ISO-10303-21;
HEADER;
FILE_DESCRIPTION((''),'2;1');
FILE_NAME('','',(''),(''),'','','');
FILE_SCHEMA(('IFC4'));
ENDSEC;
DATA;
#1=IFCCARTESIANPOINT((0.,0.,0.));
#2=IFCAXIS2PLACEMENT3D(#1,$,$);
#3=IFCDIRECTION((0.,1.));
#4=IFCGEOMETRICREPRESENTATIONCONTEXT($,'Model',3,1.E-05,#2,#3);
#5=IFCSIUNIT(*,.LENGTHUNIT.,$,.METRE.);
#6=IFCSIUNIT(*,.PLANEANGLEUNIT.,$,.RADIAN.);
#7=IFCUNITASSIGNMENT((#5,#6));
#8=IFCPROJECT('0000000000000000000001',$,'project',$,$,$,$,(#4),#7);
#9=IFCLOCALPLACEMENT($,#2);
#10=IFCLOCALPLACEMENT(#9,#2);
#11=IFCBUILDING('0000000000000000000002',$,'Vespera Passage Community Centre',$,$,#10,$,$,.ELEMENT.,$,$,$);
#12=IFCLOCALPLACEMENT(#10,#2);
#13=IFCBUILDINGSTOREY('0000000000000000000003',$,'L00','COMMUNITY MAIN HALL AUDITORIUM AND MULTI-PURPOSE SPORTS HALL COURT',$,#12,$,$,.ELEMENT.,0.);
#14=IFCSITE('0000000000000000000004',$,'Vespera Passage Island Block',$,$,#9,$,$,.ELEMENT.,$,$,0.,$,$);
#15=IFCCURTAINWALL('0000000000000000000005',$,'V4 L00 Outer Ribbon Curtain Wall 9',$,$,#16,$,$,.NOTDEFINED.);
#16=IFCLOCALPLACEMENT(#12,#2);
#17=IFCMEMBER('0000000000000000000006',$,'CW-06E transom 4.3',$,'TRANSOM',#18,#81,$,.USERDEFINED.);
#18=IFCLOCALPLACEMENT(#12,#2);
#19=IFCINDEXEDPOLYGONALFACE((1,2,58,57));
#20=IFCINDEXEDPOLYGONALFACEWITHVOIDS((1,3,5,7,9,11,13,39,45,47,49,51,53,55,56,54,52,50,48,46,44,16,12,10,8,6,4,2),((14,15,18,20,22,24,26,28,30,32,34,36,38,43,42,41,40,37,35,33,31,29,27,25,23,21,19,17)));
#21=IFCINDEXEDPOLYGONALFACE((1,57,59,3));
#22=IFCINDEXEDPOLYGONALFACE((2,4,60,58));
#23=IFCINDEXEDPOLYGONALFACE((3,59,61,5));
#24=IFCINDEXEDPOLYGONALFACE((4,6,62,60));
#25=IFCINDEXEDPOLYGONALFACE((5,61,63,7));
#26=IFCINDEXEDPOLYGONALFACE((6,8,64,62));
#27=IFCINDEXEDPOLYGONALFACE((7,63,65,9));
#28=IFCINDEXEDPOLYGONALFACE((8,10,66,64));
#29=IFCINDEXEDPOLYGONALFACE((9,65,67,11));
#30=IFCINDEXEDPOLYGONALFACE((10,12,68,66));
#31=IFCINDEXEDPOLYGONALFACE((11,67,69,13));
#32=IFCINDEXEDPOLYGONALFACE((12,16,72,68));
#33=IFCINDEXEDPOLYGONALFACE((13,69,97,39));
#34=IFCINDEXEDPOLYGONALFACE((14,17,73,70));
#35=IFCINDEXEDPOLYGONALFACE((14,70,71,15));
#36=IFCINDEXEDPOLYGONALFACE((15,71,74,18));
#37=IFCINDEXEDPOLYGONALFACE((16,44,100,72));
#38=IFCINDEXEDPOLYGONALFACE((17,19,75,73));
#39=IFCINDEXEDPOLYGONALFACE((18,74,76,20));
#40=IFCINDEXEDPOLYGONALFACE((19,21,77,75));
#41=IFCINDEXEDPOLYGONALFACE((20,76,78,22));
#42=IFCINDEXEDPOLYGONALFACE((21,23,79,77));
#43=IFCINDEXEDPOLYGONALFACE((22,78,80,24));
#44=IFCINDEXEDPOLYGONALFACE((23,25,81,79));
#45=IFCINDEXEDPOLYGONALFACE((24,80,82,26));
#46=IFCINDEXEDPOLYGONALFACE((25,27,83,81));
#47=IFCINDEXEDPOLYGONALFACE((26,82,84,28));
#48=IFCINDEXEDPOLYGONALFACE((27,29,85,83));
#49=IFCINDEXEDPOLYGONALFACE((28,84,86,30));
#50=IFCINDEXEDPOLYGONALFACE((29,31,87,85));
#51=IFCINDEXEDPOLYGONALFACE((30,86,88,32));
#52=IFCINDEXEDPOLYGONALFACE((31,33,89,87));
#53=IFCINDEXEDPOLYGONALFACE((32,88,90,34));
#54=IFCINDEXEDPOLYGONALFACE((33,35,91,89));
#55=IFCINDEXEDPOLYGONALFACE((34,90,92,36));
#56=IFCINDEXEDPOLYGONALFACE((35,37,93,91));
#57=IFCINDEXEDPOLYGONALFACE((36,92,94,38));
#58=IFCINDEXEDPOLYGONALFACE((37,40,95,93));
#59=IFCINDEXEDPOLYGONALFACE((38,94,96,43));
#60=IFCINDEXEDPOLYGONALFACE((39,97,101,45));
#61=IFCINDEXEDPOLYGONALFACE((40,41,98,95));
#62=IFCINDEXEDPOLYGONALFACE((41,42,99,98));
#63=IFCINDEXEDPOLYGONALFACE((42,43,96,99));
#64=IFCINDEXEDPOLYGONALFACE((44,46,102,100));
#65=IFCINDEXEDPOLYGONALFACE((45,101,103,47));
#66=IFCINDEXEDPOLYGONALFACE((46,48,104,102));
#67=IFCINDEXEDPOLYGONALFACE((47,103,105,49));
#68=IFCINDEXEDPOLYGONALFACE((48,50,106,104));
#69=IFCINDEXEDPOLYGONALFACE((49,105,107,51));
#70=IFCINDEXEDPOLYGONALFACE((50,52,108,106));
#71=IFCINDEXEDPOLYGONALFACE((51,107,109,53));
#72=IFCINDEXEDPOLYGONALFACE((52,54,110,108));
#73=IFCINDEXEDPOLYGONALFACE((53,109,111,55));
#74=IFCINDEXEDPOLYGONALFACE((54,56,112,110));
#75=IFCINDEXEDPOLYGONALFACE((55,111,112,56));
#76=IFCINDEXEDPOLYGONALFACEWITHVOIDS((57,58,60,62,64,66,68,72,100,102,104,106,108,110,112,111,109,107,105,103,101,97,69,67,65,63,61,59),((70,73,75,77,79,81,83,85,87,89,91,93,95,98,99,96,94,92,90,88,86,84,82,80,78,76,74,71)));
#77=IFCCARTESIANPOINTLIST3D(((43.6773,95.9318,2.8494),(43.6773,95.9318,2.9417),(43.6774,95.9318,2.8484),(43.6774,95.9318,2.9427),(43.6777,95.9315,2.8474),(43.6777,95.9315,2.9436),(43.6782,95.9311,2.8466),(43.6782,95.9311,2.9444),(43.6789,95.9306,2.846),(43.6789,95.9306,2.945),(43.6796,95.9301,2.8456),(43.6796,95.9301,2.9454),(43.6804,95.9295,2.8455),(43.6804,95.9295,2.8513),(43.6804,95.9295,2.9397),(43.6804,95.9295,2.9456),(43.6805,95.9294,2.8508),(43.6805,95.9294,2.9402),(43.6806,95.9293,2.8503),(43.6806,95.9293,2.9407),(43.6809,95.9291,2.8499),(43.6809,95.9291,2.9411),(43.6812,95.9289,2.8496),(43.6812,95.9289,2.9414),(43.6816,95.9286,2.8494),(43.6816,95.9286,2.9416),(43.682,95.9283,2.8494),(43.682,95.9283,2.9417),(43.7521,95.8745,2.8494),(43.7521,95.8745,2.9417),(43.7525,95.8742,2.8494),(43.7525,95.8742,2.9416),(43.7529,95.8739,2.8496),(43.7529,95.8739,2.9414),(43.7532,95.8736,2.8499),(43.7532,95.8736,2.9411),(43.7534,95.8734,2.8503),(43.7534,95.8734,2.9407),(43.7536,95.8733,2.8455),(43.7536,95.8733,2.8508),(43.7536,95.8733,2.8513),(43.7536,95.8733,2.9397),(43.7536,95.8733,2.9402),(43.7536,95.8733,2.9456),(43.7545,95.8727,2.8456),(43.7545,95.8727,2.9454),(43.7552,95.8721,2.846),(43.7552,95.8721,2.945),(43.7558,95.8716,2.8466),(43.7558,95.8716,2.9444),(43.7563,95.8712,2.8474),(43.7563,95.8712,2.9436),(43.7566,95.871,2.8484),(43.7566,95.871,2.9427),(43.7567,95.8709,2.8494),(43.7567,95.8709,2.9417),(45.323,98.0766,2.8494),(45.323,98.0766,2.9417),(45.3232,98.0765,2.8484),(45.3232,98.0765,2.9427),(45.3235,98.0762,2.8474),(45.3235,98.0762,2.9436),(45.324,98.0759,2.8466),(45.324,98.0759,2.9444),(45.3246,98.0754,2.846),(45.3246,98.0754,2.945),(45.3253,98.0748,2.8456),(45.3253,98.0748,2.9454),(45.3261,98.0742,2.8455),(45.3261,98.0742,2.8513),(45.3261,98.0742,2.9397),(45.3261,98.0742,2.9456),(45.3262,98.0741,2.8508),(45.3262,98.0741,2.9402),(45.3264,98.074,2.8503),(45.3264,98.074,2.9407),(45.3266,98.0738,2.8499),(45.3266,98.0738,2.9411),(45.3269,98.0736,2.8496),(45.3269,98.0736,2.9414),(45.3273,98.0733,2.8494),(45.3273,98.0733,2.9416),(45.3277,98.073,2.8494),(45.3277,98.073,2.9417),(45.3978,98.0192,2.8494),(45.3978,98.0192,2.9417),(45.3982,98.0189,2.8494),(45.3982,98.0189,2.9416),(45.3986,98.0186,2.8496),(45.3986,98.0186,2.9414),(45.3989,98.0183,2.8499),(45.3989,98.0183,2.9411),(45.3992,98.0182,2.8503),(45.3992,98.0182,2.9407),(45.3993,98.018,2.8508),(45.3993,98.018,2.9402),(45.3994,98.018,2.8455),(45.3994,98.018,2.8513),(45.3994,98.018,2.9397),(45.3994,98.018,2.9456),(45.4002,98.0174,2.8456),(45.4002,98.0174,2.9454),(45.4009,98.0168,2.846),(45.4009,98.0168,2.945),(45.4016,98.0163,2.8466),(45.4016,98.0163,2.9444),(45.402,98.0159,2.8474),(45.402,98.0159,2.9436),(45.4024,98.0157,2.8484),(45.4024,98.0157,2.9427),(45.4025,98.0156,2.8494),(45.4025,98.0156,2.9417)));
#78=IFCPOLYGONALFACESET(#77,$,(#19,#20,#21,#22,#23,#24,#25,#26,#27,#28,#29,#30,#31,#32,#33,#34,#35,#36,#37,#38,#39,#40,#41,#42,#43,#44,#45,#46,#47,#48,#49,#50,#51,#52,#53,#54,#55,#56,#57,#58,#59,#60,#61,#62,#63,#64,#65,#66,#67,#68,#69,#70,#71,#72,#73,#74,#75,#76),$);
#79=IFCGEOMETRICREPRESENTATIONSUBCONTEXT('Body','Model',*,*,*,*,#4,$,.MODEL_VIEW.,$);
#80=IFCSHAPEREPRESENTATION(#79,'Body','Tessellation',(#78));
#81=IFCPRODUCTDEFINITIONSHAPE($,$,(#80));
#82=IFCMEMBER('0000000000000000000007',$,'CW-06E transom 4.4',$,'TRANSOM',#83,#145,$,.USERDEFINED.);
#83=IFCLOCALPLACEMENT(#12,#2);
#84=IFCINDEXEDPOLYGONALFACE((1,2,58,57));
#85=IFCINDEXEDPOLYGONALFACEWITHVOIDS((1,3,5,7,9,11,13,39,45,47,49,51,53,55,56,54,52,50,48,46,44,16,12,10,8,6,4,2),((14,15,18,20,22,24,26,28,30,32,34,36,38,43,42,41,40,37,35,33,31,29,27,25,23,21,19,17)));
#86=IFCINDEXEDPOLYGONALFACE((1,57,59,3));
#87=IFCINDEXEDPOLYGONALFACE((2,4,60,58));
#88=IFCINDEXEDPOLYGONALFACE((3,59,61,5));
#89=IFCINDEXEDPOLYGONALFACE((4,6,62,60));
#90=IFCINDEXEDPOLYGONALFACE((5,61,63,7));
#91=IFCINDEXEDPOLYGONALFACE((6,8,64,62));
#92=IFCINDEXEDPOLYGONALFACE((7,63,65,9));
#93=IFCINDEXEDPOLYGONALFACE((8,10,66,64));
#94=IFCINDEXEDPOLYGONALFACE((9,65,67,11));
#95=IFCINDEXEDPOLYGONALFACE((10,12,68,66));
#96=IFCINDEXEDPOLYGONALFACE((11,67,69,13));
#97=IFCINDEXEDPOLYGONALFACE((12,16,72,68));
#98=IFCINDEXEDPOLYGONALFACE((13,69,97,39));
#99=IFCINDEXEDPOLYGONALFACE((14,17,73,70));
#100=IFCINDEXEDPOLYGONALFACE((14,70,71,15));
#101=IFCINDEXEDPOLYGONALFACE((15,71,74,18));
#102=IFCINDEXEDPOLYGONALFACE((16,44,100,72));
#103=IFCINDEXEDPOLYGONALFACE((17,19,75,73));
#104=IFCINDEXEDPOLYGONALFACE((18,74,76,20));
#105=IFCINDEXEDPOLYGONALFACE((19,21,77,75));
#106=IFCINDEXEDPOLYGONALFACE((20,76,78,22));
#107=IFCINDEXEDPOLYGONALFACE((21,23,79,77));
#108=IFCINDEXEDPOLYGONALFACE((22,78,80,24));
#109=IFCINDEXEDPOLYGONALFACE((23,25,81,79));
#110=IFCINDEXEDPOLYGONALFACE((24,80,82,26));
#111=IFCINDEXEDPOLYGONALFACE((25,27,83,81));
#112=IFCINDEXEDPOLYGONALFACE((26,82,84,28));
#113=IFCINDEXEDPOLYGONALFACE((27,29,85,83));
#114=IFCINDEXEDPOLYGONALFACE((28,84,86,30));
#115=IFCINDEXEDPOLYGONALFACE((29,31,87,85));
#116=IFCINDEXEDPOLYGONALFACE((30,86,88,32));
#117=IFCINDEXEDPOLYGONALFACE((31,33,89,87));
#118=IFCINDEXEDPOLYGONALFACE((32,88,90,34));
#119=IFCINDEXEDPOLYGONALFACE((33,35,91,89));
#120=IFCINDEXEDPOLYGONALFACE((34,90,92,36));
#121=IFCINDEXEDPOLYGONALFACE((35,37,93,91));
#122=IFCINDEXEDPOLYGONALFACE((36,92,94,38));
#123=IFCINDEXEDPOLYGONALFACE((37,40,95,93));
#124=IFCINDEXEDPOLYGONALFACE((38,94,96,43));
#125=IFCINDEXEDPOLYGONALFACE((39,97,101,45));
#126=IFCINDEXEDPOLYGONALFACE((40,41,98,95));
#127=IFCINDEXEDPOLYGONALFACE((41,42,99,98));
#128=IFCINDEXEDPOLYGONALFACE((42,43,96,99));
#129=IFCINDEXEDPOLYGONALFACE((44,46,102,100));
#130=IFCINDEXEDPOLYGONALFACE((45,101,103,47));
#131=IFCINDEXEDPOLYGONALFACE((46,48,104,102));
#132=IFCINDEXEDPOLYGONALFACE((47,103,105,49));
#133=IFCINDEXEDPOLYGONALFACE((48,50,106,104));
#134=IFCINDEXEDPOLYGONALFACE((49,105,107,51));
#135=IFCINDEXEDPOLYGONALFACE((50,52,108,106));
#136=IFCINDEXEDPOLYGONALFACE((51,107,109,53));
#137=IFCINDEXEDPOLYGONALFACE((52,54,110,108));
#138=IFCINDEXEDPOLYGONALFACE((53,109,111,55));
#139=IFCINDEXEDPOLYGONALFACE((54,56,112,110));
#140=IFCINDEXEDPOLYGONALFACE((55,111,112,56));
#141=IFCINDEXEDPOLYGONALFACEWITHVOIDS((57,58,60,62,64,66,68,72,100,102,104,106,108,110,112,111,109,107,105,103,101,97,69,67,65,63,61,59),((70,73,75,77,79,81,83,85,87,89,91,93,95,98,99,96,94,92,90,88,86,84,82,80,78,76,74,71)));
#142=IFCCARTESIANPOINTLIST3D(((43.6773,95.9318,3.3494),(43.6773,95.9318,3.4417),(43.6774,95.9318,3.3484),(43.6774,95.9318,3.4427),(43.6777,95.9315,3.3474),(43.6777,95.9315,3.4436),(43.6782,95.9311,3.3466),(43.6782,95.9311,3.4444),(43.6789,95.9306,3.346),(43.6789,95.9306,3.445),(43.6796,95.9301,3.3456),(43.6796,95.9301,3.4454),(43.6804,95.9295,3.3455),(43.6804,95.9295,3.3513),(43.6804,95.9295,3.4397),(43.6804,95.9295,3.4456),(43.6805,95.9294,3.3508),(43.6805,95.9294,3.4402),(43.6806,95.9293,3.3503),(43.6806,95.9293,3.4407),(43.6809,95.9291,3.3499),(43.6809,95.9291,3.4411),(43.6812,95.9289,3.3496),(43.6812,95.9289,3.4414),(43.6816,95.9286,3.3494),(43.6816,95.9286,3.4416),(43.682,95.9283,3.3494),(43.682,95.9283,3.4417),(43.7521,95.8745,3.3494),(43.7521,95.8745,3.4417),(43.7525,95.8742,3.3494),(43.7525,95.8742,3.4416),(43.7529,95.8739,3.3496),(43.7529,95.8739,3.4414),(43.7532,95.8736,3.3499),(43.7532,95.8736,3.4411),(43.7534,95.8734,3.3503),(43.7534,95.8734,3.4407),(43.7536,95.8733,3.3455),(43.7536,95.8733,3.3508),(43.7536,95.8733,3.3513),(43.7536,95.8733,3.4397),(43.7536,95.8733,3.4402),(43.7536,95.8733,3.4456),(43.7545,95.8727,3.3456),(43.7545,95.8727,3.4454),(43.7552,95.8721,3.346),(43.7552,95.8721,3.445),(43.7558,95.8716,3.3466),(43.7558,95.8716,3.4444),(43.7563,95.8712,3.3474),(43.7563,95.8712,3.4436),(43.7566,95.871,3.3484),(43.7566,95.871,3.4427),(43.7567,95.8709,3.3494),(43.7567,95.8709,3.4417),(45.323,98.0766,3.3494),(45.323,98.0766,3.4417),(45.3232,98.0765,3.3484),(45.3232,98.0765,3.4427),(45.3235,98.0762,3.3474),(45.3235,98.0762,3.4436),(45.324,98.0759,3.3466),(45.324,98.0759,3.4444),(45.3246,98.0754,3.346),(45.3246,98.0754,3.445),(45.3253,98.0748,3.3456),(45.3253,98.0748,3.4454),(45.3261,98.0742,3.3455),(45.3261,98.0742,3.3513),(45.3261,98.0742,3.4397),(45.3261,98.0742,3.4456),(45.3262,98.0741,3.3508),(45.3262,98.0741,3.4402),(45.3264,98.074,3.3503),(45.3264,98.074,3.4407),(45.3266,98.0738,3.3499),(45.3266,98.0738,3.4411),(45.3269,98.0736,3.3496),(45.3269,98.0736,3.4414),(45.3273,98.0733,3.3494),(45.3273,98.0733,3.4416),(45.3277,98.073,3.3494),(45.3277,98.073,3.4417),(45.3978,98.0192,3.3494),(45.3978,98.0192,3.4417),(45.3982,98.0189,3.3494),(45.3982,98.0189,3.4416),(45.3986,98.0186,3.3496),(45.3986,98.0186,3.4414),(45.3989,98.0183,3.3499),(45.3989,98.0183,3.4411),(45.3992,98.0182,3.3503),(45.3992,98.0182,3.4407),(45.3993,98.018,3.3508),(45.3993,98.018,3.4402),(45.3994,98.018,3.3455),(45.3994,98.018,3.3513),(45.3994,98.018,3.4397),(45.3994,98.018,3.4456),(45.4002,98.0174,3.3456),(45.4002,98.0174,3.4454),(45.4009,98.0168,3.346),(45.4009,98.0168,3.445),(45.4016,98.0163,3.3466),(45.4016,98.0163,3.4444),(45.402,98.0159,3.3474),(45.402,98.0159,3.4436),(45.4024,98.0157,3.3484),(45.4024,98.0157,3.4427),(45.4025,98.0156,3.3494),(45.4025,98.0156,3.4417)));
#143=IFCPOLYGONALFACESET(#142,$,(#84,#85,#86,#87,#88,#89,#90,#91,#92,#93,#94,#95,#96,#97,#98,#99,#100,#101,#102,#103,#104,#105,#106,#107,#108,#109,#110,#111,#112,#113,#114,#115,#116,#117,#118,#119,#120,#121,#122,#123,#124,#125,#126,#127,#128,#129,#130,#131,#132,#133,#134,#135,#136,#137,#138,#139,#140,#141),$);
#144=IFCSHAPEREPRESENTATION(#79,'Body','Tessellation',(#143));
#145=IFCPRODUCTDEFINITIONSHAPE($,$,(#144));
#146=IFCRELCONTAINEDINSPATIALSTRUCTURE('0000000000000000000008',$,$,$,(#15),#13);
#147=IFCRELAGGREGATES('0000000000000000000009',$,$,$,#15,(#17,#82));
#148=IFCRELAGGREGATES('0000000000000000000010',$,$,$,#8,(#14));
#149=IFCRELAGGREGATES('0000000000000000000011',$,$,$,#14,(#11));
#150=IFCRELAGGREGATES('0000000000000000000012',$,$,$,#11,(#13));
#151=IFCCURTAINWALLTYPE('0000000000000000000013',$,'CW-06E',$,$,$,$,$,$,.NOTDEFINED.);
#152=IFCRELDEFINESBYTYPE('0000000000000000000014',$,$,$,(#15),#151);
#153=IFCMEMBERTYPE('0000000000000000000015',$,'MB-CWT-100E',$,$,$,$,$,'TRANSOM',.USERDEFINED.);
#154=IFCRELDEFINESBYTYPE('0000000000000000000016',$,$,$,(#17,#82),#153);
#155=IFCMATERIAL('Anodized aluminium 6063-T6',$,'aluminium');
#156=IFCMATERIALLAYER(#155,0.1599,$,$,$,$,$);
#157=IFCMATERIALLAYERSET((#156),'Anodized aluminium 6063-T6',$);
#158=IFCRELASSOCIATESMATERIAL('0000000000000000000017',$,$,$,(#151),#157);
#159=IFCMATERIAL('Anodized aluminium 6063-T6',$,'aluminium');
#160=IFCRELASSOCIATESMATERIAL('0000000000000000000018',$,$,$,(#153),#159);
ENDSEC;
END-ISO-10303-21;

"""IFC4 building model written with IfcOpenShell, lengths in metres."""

from ifc_helpers import new_model, si_unit, direction, frame, origin, origin_2d, place, context, subcontext, project, spatial, hollow_rectangle, extrude, material, layer, layer_set, material_profile, profile_set, type_object, element, aggregate, save


model = new_model("IFC4")

# Units and contexts
model_context = context("Model", 3, precision=1e-05, world=origin(), true_north=direction((0.0, 1.0)))
body_context = subcontext(model_context, "Body", "Model", "MODEL_VIEW")
ifc_project = project(units=[si_unit("LENGTHUNIT", "METRE"), si_unit("PLANEANGLEUNIT", "RADIAN")], contexts=[model_context])

# Site, building, storey
site_placement = place(None, origin())
site = spatial("IfcSite", under=ifc_project, at=site_placement, Name="Vespera Passage Island Block", CompositionType="ELEMENT", RefElevation=0.0)
building_placement = place(site_placement, origin())
building = spatial("IfcBuilding", under=site, at=building_placement, Name="Vespera Passage Community Centre", CompositionType="ELEMENT")
storey_placement = place(building_placement, origin())
storey = spatial("IfcBuildingStorey", under=building, at=storey_placement, Name="L00", Description="COMMUNITY MAIN HALL AUDITORIUM AND MULTI-PURPOSE SPORTS HALL COURT", CompositionType="ELEMENT", Elevation=0.0)

# Curtain wall
ifc_material_1 = material(Name="Anodized aluminium 6063-T6", Category="aluminium")
ifc_layer_1 = layer(ifc_material_1, 0.1599)
ifc_layer_set_1 = layer_set([ifc_layer_1], Name="Anodized aluminium 6063-T6")
curtain_wall_type_1 = type_object("IfcCurtainWallType", Name="CW-06E", PredefinedType="NOTDEFINED", material=ifc_layer_set_1)
curtain_wall_1_placement = place(storey_placement, origin())
curtain_wall_1 = element("IfcCurtainWall", 1, at=curtain_wall_1_placement, inside=storey, type_object=curtain_wall_type_1, Name="V4 L00 Outer Ribbon Curtain Wall 9", PredefinedType="NOTDEFINED")

# Members
ifc_material_2 = material(Name="Anodized aluminium 6063-T6", Category="aluminium")
ifc_material_profile_1 = material_profile(ifc_material_2, hollow_rectangle(XDim=0.1001, YDim=0.1001, WallThickness=0.0039, InnerFilletRadius=0.002, OuterFilletRadius=0.0039, at=origin_2d()), Name="ALU100X100X4")
ifc_profile_set_1 = profile_set([ifc_material_profile_1], Name="Anodized aluminium 6063-T6")
member_type_1 = type_object("IfcMemberType", Name="MB-CWT-100E", ElementType="TRANSOM", PredefinedType="USERDEFINED", material=ifc_profile_set_1)
member_1_placement = place(storey_placement, frame((43.717, 95.9014, 2.8955), z_axis=(0.608763, 0.793352, 0.0), x_axis=(-0.793352, 0.608763, 0.0)))
member_1 = element("IfcMember", 2, at=member_1_placement, type_object=member_type_1, Name="CW-06E transom 4.3", ObjectType="TRANSOM", PredefinedType="USERDEFINED", context=body_context, shape_type="SweptSolid", body=[
    extrude(hollow_rectangle(XDim=0.1001, YDim=0.1001, WallThickness=0.0039, InnerFilletRadius=0.002, OuterFilletRadius=0.0039, at=origin_2d()), origin(), (0.0, 0.0, 1.0), 2.7034),
])
member_2_placement = place(storey_placement, frame((43.717, 95.9014, 3.3955), z_axis=(0.608763, 0.793352, 0.0), x_axis=(-0.793352, 0.608763, 0.0)))
member_2 = element("IfcMember", 3, at=member_2_placement, type_object=member_type_1, Name="CW-06E transom 4.4", ObjectType="TRANSOM", PredefinedType="USERDEFINED", context=body_context, shape_type="SweptSolid", body=[
    extrude(hollow_rectangle(XDim=0.1001, YDim=0.1001, WallThickness=0.0039, InnerFilletRadius=0.002, OuterFilletRadius=0.0039, at=origin_2d()), origin(), (0.0, 0.0, 1.0), 2.7034),
])

aggregate(curtain_wall_1, [member_1, member_2])

save(model, "model.ifc")
